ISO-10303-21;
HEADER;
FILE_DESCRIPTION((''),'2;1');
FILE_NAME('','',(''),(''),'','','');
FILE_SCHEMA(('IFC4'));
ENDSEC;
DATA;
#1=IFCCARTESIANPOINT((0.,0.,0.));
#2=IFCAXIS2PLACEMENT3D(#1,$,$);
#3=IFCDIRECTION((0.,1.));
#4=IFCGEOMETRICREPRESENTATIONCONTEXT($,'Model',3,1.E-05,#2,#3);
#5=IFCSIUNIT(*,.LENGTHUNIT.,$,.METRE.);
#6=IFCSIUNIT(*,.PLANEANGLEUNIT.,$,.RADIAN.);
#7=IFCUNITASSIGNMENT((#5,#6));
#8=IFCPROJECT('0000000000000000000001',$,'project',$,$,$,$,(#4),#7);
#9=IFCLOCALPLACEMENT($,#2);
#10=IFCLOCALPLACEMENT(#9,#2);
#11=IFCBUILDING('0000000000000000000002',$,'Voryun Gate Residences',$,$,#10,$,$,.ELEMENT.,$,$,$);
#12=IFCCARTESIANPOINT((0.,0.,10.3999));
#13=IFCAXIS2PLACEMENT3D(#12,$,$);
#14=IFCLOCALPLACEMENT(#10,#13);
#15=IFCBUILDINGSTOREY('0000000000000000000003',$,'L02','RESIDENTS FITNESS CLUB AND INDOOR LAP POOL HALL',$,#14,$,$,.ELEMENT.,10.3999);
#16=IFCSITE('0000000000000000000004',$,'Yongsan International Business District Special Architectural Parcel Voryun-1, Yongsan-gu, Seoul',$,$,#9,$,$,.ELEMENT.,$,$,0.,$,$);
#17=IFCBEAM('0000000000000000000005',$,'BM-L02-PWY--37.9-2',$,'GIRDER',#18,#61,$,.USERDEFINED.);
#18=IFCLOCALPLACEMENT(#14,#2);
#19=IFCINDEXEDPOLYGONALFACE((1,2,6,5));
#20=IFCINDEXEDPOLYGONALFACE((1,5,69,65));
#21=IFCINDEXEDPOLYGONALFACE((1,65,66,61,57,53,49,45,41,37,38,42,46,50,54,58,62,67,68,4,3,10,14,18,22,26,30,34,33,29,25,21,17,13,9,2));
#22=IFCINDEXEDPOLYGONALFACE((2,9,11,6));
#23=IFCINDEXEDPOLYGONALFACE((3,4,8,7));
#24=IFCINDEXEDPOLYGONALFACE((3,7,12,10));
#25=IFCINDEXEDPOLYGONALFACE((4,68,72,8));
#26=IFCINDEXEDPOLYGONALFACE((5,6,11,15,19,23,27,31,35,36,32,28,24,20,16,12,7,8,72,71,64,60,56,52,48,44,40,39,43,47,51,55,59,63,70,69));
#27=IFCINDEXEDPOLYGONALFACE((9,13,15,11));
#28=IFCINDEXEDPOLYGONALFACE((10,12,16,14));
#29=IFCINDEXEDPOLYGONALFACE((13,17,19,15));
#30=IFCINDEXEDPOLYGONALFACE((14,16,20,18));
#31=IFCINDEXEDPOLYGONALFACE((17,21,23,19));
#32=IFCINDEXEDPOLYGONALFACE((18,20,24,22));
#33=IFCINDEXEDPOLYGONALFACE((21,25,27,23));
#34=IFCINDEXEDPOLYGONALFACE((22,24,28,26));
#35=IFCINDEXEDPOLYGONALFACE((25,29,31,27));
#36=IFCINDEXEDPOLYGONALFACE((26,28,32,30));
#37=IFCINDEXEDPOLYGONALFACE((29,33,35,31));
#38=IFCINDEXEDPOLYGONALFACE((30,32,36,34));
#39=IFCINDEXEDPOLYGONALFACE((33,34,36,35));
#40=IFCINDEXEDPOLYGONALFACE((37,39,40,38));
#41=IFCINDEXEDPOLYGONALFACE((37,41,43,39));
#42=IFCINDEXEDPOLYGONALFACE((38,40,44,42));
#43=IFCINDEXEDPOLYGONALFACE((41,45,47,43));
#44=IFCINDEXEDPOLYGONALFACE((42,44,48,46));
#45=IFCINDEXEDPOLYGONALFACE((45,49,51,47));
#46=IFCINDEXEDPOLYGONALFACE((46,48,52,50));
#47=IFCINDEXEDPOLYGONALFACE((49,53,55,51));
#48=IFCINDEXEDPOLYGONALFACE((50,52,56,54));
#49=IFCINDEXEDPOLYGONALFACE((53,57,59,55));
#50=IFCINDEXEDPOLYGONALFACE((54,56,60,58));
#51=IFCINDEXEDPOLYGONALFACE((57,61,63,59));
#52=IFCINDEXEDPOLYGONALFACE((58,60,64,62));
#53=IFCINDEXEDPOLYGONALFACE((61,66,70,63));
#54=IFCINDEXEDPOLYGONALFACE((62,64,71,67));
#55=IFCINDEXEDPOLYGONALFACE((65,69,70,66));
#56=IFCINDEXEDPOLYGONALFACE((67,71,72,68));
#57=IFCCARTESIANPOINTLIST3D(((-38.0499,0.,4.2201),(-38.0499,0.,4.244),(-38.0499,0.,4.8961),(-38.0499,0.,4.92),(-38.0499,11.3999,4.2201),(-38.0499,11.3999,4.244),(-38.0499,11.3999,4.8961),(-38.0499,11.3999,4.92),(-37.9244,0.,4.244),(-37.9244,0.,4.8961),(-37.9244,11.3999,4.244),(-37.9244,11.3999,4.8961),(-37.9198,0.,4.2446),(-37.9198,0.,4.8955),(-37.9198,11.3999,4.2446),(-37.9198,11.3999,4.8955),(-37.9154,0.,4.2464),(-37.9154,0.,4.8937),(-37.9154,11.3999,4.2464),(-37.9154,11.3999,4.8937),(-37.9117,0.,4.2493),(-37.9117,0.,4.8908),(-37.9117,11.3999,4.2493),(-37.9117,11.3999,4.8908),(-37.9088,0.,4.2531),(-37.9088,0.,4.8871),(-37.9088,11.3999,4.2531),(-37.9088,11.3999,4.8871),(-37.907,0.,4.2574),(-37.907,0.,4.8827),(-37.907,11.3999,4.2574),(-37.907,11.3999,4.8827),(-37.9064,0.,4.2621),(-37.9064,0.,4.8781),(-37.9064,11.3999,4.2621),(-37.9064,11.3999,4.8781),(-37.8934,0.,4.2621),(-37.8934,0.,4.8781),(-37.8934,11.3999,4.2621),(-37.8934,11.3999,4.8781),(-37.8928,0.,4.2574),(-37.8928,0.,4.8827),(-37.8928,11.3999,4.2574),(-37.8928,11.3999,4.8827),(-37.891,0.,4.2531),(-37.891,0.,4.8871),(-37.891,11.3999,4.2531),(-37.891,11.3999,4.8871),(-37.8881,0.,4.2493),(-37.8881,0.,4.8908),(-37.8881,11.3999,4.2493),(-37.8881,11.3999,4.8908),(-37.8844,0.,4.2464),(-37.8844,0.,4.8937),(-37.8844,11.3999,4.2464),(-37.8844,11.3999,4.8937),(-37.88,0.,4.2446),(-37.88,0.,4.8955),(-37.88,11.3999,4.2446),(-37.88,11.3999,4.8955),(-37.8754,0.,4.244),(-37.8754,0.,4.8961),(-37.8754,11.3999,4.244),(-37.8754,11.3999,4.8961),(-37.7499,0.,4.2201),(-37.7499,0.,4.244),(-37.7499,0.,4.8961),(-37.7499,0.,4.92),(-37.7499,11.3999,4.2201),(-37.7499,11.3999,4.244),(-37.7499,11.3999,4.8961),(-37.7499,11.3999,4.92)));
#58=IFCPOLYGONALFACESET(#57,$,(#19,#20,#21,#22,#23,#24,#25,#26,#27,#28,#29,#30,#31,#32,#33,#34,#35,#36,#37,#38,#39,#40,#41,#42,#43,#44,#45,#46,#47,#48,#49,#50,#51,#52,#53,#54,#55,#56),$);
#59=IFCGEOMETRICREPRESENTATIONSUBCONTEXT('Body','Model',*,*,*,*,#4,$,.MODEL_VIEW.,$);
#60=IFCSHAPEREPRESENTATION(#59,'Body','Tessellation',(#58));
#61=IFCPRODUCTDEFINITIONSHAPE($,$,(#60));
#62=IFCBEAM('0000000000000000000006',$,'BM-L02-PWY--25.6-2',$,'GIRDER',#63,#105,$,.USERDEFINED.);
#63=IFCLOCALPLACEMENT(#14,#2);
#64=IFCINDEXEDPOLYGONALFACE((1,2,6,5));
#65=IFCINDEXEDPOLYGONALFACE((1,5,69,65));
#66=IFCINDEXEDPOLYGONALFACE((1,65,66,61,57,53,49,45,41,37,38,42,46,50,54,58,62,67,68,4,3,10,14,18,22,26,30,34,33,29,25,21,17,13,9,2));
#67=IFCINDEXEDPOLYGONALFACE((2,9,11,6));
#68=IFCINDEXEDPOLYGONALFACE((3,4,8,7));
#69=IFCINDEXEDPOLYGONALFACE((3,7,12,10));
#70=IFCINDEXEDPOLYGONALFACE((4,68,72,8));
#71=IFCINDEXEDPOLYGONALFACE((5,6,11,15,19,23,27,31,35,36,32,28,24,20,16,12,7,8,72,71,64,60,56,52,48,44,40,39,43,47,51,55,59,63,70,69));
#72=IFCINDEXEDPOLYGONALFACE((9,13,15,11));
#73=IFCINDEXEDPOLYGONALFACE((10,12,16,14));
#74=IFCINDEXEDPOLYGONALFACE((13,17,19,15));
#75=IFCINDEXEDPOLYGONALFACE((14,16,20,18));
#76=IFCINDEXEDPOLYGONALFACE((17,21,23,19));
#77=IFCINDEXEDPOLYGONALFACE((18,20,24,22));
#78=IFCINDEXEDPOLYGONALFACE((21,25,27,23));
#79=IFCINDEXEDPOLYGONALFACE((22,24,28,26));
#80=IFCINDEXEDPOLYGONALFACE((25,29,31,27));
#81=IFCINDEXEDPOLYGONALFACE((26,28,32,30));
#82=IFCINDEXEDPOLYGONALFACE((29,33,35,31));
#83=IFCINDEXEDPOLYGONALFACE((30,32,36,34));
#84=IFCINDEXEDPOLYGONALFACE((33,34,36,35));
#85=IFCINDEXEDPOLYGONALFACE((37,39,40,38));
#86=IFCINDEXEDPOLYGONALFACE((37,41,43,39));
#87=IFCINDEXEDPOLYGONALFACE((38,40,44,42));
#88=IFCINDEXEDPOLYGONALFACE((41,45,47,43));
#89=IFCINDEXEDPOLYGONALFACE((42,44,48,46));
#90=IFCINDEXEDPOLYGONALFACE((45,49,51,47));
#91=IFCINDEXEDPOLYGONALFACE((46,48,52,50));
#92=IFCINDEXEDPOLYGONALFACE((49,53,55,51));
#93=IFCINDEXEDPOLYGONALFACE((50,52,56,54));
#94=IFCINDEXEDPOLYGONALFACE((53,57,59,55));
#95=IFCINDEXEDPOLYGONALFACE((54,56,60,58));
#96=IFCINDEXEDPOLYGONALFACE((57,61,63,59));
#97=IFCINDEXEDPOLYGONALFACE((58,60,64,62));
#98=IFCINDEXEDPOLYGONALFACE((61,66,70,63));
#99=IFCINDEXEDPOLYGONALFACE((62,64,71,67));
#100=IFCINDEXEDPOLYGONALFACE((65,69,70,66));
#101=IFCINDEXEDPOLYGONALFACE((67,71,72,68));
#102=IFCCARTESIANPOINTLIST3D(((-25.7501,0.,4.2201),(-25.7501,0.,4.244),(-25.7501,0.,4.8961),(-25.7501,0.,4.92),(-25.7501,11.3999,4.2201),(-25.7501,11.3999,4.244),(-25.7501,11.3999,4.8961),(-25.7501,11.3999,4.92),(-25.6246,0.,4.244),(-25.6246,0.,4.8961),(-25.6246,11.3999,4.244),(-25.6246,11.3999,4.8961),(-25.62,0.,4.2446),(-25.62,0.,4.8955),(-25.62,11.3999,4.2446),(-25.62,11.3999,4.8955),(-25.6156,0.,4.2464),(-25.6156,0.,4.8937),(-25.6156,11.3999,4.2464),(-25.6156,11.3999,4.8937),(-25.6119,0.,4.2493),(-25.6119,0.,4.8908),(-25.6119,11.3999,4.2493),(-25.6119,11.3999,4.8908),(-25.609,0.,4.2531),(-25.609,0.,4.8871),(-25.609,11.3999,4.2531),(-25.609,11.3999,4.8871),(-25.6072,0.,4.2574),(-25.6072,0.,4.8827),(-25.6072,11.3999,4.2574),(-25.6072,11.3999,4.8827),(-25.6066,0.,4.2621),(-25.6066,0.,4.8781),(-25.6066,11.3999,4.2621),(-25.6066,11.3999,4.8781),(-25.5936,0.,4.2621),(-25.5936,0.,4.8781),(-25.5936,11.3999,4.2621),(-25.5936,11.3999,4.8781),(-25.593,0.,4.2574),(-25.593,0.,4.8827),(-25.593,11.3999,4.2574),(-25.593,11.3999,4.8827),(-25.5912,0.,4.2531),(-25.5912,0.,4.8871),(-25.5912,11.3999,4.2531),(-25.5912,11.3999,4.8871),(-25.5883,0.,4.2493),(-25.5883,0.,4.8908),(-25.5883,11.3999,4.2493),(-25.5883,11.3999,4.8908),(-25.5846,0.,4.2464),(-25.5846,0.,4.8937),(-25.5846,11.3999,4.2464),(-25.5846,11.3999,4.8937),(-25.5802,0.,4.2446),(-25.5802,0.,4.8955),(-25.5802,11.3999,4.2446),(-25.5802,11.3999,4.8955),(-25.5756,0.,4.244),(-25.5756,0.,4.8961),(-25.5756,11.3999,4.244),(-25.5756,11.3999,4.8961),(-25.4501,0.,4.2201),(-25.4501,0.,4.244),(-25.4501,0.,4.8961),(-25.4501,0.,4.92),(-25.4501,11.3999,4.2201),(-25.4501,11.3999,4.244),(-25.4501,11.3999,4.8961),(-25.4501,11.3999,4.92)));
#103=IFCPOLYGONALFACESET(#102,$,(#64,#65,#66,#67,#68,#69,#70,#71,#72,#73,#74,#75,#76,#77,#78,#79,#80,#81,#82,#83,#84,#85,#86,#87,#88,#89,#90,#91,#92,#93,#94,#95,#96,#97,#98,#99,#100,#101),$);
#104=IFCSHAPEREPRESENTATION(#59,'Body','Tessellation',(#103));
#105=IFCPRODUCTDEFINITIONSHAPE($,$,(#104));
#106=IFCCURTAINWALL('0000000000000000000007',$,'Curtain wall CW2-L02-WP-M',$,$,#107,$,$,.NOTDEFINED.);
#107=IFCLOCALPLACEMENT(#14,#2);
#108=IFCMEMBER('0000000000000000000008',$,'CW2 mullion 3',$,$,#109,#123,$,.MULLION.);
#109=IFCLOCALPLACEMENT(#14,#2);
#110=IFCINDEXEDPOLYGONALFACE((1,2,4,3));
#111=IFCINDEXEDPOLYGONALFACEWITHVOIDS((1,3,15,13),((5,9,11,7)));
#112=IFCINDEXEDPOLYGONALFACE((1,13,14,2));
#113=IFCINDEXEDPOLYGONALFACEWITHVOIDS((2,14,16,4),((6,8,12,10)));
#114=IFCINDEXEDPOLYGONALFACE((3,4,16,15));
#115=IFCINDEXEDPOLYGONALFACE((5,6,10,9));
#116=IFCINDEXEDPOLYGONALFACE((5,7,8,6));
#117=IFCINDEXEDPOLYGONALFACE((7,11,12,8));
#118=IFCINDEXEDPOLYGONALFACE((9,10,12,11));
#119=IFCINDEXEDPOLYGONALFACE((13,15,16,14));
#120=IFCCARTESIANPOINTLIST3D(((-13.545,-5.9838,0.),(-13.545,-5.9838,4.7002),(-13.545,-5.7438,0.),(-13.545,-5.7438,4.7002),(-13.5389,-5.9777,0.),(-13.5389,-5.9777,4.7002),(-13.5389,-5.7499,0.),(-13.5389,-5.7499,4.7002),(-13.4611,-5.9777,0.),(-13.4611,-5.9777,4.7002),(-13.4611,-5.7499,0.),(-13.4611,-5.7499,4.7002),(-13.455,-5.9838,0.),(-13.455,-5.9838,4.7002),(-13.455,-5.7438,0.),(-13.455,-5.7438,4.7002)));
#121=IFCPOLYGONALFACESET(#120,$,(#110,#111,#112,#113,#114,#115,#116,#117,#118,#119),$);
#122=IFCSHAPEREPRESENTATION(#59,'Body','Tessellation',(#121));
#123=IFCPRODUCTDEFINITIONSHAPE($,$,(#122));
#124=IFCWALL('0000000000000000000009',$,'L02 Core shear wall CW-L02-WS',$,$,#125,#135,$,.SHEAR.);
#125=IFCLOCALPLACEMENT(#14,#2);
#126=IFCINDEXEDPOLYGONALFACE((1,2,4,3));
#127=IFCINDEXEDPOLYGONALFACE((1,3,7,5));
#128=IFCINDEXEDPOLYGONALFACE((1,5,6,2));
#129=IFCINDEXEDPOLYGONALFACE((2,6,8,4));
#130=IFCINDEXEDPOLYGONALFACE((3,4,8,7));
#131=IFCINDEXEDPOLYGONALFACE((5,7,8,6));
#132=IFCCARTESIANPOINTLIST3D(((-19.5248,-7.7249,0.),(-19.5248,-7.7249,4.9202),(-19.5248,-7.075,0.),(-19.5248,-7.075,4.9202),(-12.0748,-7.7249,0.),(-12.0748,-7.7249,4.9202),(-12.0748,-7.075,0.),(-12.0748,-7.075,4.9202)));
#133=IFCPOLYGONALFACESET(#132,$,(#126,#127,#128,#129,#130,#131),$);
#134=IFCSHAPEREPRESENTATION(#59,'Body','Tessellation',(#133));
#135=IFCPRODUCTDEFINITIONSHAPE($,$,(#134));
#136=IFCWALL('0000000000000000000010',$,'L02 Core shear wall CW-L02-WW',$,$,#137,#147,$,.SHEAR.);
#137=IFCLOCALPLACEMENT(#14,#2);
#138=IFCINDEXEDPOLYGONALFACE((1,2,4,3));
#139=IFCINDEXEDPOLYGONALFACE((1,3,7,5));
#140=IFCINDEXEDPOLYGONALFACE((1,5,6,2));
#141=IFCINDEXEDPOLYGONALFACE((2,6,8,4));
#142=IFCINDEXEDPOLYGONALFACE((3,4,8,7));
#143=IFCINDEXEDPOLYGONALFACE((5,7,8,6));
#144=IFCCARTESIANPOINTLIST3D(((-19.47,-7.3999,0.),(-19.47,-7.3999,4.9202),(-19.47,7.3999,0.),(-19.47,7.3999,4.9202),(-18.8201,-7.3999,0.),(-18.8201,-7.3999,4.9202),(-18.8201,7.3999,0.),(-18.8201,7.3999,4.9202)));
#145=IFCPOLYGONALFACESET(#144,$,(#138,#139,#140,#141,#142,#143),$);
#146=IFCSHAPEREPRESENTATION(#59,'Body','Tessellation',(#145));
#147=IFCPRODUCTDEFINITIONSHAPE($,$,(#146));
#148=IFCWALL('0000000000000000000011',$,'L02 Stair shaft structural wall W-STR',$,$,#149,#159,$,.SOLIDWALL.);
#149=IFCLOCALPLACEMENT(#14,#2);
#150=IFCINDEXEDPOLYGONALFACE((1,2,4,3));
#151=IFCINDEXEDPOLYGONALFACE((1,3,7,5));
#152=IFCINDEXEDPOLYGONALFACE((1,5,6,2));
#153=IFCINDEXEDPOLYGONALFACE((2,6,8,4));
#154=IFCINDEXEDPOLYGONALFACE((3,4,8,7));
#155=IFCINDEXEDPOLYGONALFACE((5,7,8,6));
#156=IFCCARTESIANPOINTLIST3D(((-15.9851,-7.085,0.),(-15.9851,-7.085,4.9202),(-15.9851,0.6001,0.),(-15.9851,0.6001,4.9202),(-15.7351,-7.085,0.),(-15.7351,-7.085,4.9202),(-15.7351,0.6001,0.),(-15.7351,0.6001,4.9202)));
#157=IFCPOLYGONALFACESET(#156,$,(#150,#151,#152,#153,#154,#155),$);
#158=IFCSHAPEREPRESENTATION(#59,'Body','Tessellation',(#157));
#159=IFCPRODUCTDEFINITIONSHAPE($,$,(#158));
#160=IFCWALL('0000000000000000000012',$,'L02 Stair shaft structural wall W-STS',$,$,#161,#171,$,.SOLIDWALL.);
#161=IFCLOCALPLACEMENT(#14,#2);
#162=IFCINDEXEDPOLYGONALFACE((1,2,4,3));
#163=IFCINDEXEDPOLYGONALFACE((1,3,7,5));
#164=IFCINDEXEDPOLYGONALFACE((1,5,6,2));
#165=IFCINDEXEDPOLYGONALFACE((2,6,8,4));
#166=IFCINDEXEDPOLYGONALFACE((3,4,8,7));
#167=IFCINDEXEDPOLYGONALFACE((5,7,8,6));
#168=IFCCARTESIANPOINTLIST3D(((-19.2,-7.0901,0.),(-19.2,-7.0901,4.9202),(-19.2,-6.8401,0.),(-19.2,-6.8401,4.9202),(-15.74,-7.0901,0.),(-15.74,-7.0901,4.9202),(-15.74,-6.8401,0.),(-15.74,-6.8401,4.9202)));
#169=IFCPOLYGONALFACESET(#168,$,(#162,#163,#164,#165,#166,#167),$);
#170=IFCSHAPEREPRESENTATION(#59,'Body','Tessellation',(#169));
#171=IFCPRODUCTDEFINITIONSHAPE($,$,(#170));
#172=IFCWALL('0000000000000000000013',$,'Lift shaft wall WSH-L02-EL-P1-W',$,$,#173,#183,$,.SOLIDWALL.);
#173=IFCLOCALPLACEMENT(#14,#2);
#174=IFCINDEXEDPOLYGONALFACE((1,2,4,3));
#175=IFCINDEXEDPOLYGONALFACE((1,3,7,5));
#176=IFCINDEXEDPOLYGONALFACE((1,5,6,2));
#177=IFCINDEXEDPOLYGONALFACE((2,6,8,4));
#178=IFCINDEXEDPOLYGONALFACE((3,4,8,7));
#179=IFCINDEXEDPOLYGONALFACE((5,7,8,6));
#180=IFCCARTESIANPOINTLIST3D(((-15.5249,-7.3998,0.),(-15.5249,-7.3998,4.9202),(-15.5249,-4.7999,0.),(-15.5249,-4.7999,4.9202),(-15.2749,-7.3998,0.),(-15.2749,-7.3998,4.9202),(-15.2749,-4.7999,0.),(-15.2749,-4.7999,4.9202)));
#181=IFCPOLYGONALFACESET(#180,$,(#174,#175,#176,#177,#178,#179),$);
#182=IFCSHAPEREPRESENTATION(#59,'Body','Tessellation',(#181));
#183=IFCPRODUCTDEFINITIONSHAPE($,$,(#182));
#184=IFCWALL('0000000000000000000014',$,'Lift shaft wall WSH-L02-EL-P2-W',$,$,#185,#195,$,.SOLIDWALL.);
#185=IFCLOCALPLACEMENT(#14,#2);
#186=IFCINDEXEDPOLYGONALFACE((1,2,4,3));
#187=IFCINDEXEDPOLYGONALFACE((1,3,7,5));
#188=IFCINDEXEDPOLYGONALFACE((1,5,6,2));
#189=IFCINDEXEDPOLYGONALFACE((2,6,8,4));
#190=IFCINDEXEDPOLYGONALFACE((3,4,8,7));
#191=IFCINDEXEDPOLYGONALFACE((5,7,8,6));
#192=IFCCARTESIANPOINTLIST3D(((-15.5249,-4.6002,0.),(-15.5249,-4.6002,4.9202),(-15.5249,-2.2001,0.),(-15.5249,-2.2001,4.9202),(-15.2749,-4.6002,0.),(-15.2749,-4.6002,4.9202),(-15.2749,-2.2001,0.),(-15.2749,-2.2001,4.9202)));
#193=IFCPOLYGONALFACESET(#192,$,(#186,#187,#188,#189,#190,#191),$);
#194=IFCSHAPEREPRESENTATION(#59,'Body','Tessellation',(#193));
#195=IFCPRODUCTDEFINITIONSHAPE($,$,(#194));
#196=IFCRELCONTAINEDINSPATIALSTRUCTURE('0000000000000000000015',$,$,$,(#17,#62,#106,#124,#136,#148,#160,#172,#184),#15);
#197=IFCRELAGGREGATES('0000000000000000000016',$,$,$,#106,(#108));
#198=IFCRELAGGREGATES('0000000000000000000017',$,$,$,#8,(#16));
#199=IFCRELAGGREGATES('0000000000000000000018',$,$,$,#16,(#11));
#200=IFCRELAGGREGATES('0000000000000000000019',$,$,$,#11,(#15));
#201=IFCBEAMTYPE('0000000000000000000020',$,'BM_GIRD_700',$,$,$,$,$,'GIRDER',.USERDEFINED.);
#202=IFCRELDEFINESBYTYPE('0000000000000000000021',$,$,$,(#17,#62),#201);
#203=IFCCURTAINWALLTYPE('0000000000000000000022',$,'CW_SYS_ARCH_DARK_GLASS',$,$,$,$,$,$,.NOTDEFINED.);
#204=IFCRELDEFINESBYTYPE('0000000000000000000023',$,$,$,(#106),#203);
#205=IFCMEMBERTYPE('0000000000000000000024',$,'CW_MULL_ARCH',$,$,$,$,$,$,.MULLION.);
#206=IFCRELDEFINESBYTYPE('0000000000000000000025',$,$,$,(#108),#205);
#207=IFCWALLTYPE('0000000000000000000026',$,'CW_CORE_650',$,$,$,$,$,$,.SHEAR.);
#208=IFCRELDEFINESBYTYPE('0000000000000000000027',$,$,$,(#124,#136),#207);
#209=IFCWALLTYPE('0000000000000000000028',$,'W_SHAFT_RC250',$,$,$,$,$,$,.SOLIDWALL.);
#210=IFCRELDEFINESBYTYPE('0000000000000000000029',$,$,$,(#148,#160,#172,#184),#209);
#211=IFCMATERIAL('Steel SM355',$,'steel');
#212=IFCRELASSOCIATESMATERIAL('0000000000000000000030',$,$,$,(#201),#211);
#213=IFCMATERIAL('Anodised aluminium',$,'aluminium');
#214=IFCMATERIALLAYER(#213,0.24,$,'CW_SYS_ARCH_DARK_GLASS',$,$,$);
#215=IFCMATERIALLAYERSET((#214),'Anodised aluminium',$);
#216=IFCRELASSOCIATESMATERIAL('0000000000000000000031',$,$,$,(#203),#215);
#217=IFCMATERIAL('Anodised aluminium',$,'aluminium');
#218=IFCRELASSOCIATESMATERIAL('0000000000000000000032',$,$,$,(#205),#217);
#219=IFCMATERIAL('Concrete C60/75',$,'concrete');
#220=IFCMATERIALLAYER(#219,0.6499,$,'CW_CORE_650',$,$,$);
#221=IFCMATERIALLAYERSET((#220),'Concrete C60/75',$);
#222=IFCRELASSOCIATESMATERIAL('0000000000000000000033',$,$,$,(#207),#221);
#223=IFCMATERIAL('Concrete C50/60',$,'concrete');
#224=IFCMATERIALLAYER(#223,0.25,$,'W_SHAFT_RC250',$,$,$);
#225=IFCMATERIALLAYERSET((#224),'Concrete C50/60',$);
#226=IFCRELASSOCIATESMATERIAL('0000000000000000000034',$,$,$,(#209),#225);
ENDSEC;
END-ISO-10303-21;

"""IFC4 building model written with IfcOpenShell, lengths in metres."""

from ifc_helpers import new_model, si_unit, direction, frame, frame_2d, origin, origin_2d, place, context, subcontext, project, spatial, rectangle, hollow_rectangle, i_section, extrude, material, layer, layer_set, material_profile, profile_set, type_object, element, aggregate, save


model = new_model("IFC4")

# Units and contexts
model_context = context("Model", 3, precision=1e-05, world=origin(), true_north=direction((0.0, 1.0)))
body_context = subcontext(model_context, "Body", "Model", "MODEL_VIEW")
ifc_project = project(units=[si_unit("LENGTHUNIT", "METRE"), si_unit("PLANEANGLEUNIT", "RADIAN")], contexts=[model_context])

# Site, building, storey
site_placement = place(None, origin())
site = spatial("IfcSite", under=ifc_project, at=site_placement, Name="Yongsan International Business District Special Architectural Parcel Voryun-1, Yongsan-gu, Seoul", CompositionType="ELEMENT", RefElevation=0.0)
building_placement = place(site_placement, origin())
building = spatial("IfcBuilding", under=site, at=building_placement, Name="Voryun Gate Residences", CompositionType="ELEMENT")
storey_placement = place(building_placement, frame((0.0, 0.0, 10.3999)))
storey = spatial("IfcBuildingStorey", under=building, at=storey_placement, Name="L02", Description="RESIDENTS FITNESS CLUB AND INDOOR LAP POOL HALL", CompositionType="ELEMENT", Elevation=10.3999)

# Beams
ifc_material_1 = material(Name="Steel SM355", Category="steel")
ifc_material_profile_1 = material_profile(ifc_material_1, i_section(OverallWidth=0.3, OverallDepth=0.7, WebThickness=0.0129, FlangeThickness=0.0239, FilletRadius=0.0181, at=origin_2d()), Name="H-700x300x13x24")
ifc_profile_set_1 = profile_set([ifc_material_profile_1], Name="Steel SM355")
beam_type = type_object("IfcBeamType", Name="BM_GIRD_700", ElementType="GIRDER", PredefinedType="USERDEFINED", material=ifc_profile_set_1)
for number, where, z_axis, x_axis, name in (
    (1, (-37.8999, 0.0, 4.5701), (0.0, 1.0, 0.0), (-1.0, 0.0, 0.0), "BM-L02-PWY--37.9-2"),
    (2, (-25.6001, 0.0, 4.5701), (0.0, 1.0, 0.0), (-1.0, 0.0, 0.0), "BM-L02-PWY--25.6-2"),
):
    element("IfcBeam", number, at=place(storey_placement, frame(where, z_axis=z_axis, x_axis=x_axis)), inside=storey, type_object=beam_type, Name=name, ObjectType="GIRDER", PredefinedType="USERDEFINED", context=body_context, shape_type="SweptSolid", body=[
        extrude(i_section(OverallWidth=0.3, OverallDepth=0.7, WebThickness=0.0129, FlangeThickness=0.0239, FilletRadius=0.0181, at=origin_2d()), origin(), (0.0, 0.0, 1.0), 11.3999),
    ])

# Curtain wall, member
ifc_material_2 = material(Name="Anodised aluminium", Category="aluminium")
ifc_layer_1 = layer(ifc_material_2, 0.24, Name="CW_SYS_ARCH_DARK_GLASS")
ifc_layer_set_1 = layer_set([ifc_layer_1], Name="Anodised aluminium")
curtain_wall_type = type_object("IfcCurtainWallType", Name="CW_SYS_ARCH_DARK_GLASS", PredefinedType="NOTDEFINED", material=ifc_layer_set_1)
curtain_wall_placement = place(storey_placement, origin())
curtain_wall = element("IfcCurtainWall", 3, at=curtain_wall_placement, inside=storey, type_object=curtain_wall_type, Name="Curtain wall CW2-L02-WP-M", PredefinedType="NOTDEFINED")
ifc_material_3 = material(Name="Anodised aluminium", Category="aluminium")
ifc_material_profile_2 = material_profile(ifc_material_3, hollow_rectangle(XDim=0.0901, YDim=0.24, WallThickness=0.0061, at=origin_2d()), Name="ALU-MULL-240x90x6")
ifc_profile_set_2 = profile_set([ifc_material_profile_2], Name="Anodised aluminium")
member_type = type_object("IfcMemberType", Name="CW_MULL_ARCH", PredefinedType="MULLION", material=ifc_profile_set_2)
member_placement = place(storey_placement, frame((-13.5, -5.8638, 0.0), z_axis=(0.0, 0.0, 1.0), x_axis=(-1.0, 0.0, 0.0)))
member = element("IfcMember", 4, at=member_placement, type_object=member_type, Name="CW2 mullion 3", PredefinedType="MULLION", context=body_context, shape_type="SweptSolid", body=[
    extrude(hollow_rectangle(XDim=0.0901, YDim=0.24, WallThickness=0.0061, at=origin_2d()), origin(), (0.0, 0.0, 1.0), 4.7002),
])
aggregate(curtain_wall, [member])

# Walls
ifc_material_4 = material(Name="Concrete C60/75", Category="concrete")
ifc_layer_2 = layer(ifc_material_4, 0.6499, Name="CW_CORE_650")
ifc_layer_set_2 = layer_set([ifc_layer_2], Name="Concrete C60/75")
wall_type_1 = type_object("IfcWallType", Name="CW_CORE_650", PredefinedType="SHEAR", material=ifc_layer_set_2)
wall_1_placement = place(storey_placement, frame((-19.5249, -7.3999, 0.0), z_axis=(0.0, 0.0, 1.0), x_axis=(1.0, 0.0, 0.0)))
element("IfcWall", 5, at=wall_1_placement, inside=storey, type_object=wall_type_1, Name="L02 Core shear wall CW-L02-WS", PredefinedType="SHEAR", context=body_context, shape_type="SweptSolid", body=[
    extrude(rectangle(XDim=7.45, YDim=0.6499, at=frame_2d((3.7251, 0.0))), origin(), (0.0, 0.0, 1.0), 4.9202),
])
wall_2_placement = place(storey_placement, frame((-19.145, -7.3999, 0.0), z_axis=(0.0, 0.0, 1.0), x_axis=(0.0, 1.0, 0.0)))
element("IfcWall", 6, at=wall_2_placement, inside=storey, type_object=wall_type_1, Name="L02 Core shear wall CW-L02-WW", PredefinedType="SHEAR", context=body_context, shape_type="SweptSolid", body=[
    extrude(rectangle(XDim=14.7998, YDim=0.6499, at=frame_2d((7.3999, 0.0))), origin(), (0.0, 0.0, 1.0), 4.9202),
])
ifc_material_5 = material(Name="Concrete C50/60", Category="concrete")
ifc_layer_3 = layer(ifc_material_5, 0.25, Name="W_SHAFT_RC250")
ifc_layer_set_3 = layer_set([ifc_layer_3], Name="Concrete C50/60")
wall_type_2 = type_object("IfcWallType", Name="W_SHAFT_RC250", PredefinedType="SOLIDWALL", material=ifc_layer_set_3)
wall_3_placement = place(storey_placement, frame((-15.8601, -7.085, 0.0), z_axis=(0.0, 0.0, 1.0), x_axis=(0.0, 1.0, 0.0)))
element("IfcWall", 7, at=wall_3_placement, inside=storey, type_object=wall_type_2, Name="L02 Stair shaft structural wall W-STR", PredefinedType="SOLIDWALL", context=body_context, shape_type="SweptSolid", body=[
    extrude(rectangle(XDim=7.6851, YDim=0.25, at=frame_2d((3.8425, 0.0))), origin(), (0.0, 0.0, 1.0), 4.9202),
])
wall_4_placement = place(storey_placement, frame((-19.2, -6.9651, 0.0), z_axis=(0.0, 0.0, 1.0), x_axis=(1.0, 0.0, 0.0)))
element("IfcWall", 8, at=wall_4_placement, inside=storey, type_object=wall_type_2, Name="L02 Stair shaft structural wall W-STS", PredefinedType="SOLIDWALL", context=body_context, shape_type="SweptSolid", body=[
    extrude(rectangle(XDim=3.46, YDim=0.25, at=frame_2d((1.73, 0.0))), origin(), (0.0, 0.0, 1.0), 4.9202),
])
wall_5_placement = place(storey_placement, frame((-15.3999, -4.8, 0.0), z_axis=(0.0, 0.0, 1.0), x_axis=(0.0, -1.0, 0.0)))
element("IfcWall", 9, at=wall_5_placement, inside=storey, type_object=wall_type_2, Name="Lift shaft wall WSH-L02-EL-P1-W", PredefinedType="SOLIDWALL", context=body_context, shape_type="SweptSolid", body=[
    extrude(rectangle(XDim=2.5999, YDim=0.25, at=frame_2d((1.2998, 0.0))), origin(), (0.0, 0.0, 1.0), 4.9202),
])
wall_6_placement = place(storey_placement, frame((-15.3999, -2.2, 0.0), z_axis=(0.0, 0.0, 1.0), x_axis=(0.0, -1.0, 0.0)))
element("IfcWall", 10, at=wall_6_placement, inside=storey, type_object=wall_type_2, Name="Lift shaft wall WSH-L02-EL-P2-W", PredefinedType="SOLIDWALL", context=body_context, shape_type="SweptSolid", body=[
    extrude(rectangle(XDim=2.4001, YDim=0.25, at=frame_2d((1.2002, 0.0))), origin(), (0.0, 0.0, 1.0), 4.9202),
])

save(model, "model.ifc")
